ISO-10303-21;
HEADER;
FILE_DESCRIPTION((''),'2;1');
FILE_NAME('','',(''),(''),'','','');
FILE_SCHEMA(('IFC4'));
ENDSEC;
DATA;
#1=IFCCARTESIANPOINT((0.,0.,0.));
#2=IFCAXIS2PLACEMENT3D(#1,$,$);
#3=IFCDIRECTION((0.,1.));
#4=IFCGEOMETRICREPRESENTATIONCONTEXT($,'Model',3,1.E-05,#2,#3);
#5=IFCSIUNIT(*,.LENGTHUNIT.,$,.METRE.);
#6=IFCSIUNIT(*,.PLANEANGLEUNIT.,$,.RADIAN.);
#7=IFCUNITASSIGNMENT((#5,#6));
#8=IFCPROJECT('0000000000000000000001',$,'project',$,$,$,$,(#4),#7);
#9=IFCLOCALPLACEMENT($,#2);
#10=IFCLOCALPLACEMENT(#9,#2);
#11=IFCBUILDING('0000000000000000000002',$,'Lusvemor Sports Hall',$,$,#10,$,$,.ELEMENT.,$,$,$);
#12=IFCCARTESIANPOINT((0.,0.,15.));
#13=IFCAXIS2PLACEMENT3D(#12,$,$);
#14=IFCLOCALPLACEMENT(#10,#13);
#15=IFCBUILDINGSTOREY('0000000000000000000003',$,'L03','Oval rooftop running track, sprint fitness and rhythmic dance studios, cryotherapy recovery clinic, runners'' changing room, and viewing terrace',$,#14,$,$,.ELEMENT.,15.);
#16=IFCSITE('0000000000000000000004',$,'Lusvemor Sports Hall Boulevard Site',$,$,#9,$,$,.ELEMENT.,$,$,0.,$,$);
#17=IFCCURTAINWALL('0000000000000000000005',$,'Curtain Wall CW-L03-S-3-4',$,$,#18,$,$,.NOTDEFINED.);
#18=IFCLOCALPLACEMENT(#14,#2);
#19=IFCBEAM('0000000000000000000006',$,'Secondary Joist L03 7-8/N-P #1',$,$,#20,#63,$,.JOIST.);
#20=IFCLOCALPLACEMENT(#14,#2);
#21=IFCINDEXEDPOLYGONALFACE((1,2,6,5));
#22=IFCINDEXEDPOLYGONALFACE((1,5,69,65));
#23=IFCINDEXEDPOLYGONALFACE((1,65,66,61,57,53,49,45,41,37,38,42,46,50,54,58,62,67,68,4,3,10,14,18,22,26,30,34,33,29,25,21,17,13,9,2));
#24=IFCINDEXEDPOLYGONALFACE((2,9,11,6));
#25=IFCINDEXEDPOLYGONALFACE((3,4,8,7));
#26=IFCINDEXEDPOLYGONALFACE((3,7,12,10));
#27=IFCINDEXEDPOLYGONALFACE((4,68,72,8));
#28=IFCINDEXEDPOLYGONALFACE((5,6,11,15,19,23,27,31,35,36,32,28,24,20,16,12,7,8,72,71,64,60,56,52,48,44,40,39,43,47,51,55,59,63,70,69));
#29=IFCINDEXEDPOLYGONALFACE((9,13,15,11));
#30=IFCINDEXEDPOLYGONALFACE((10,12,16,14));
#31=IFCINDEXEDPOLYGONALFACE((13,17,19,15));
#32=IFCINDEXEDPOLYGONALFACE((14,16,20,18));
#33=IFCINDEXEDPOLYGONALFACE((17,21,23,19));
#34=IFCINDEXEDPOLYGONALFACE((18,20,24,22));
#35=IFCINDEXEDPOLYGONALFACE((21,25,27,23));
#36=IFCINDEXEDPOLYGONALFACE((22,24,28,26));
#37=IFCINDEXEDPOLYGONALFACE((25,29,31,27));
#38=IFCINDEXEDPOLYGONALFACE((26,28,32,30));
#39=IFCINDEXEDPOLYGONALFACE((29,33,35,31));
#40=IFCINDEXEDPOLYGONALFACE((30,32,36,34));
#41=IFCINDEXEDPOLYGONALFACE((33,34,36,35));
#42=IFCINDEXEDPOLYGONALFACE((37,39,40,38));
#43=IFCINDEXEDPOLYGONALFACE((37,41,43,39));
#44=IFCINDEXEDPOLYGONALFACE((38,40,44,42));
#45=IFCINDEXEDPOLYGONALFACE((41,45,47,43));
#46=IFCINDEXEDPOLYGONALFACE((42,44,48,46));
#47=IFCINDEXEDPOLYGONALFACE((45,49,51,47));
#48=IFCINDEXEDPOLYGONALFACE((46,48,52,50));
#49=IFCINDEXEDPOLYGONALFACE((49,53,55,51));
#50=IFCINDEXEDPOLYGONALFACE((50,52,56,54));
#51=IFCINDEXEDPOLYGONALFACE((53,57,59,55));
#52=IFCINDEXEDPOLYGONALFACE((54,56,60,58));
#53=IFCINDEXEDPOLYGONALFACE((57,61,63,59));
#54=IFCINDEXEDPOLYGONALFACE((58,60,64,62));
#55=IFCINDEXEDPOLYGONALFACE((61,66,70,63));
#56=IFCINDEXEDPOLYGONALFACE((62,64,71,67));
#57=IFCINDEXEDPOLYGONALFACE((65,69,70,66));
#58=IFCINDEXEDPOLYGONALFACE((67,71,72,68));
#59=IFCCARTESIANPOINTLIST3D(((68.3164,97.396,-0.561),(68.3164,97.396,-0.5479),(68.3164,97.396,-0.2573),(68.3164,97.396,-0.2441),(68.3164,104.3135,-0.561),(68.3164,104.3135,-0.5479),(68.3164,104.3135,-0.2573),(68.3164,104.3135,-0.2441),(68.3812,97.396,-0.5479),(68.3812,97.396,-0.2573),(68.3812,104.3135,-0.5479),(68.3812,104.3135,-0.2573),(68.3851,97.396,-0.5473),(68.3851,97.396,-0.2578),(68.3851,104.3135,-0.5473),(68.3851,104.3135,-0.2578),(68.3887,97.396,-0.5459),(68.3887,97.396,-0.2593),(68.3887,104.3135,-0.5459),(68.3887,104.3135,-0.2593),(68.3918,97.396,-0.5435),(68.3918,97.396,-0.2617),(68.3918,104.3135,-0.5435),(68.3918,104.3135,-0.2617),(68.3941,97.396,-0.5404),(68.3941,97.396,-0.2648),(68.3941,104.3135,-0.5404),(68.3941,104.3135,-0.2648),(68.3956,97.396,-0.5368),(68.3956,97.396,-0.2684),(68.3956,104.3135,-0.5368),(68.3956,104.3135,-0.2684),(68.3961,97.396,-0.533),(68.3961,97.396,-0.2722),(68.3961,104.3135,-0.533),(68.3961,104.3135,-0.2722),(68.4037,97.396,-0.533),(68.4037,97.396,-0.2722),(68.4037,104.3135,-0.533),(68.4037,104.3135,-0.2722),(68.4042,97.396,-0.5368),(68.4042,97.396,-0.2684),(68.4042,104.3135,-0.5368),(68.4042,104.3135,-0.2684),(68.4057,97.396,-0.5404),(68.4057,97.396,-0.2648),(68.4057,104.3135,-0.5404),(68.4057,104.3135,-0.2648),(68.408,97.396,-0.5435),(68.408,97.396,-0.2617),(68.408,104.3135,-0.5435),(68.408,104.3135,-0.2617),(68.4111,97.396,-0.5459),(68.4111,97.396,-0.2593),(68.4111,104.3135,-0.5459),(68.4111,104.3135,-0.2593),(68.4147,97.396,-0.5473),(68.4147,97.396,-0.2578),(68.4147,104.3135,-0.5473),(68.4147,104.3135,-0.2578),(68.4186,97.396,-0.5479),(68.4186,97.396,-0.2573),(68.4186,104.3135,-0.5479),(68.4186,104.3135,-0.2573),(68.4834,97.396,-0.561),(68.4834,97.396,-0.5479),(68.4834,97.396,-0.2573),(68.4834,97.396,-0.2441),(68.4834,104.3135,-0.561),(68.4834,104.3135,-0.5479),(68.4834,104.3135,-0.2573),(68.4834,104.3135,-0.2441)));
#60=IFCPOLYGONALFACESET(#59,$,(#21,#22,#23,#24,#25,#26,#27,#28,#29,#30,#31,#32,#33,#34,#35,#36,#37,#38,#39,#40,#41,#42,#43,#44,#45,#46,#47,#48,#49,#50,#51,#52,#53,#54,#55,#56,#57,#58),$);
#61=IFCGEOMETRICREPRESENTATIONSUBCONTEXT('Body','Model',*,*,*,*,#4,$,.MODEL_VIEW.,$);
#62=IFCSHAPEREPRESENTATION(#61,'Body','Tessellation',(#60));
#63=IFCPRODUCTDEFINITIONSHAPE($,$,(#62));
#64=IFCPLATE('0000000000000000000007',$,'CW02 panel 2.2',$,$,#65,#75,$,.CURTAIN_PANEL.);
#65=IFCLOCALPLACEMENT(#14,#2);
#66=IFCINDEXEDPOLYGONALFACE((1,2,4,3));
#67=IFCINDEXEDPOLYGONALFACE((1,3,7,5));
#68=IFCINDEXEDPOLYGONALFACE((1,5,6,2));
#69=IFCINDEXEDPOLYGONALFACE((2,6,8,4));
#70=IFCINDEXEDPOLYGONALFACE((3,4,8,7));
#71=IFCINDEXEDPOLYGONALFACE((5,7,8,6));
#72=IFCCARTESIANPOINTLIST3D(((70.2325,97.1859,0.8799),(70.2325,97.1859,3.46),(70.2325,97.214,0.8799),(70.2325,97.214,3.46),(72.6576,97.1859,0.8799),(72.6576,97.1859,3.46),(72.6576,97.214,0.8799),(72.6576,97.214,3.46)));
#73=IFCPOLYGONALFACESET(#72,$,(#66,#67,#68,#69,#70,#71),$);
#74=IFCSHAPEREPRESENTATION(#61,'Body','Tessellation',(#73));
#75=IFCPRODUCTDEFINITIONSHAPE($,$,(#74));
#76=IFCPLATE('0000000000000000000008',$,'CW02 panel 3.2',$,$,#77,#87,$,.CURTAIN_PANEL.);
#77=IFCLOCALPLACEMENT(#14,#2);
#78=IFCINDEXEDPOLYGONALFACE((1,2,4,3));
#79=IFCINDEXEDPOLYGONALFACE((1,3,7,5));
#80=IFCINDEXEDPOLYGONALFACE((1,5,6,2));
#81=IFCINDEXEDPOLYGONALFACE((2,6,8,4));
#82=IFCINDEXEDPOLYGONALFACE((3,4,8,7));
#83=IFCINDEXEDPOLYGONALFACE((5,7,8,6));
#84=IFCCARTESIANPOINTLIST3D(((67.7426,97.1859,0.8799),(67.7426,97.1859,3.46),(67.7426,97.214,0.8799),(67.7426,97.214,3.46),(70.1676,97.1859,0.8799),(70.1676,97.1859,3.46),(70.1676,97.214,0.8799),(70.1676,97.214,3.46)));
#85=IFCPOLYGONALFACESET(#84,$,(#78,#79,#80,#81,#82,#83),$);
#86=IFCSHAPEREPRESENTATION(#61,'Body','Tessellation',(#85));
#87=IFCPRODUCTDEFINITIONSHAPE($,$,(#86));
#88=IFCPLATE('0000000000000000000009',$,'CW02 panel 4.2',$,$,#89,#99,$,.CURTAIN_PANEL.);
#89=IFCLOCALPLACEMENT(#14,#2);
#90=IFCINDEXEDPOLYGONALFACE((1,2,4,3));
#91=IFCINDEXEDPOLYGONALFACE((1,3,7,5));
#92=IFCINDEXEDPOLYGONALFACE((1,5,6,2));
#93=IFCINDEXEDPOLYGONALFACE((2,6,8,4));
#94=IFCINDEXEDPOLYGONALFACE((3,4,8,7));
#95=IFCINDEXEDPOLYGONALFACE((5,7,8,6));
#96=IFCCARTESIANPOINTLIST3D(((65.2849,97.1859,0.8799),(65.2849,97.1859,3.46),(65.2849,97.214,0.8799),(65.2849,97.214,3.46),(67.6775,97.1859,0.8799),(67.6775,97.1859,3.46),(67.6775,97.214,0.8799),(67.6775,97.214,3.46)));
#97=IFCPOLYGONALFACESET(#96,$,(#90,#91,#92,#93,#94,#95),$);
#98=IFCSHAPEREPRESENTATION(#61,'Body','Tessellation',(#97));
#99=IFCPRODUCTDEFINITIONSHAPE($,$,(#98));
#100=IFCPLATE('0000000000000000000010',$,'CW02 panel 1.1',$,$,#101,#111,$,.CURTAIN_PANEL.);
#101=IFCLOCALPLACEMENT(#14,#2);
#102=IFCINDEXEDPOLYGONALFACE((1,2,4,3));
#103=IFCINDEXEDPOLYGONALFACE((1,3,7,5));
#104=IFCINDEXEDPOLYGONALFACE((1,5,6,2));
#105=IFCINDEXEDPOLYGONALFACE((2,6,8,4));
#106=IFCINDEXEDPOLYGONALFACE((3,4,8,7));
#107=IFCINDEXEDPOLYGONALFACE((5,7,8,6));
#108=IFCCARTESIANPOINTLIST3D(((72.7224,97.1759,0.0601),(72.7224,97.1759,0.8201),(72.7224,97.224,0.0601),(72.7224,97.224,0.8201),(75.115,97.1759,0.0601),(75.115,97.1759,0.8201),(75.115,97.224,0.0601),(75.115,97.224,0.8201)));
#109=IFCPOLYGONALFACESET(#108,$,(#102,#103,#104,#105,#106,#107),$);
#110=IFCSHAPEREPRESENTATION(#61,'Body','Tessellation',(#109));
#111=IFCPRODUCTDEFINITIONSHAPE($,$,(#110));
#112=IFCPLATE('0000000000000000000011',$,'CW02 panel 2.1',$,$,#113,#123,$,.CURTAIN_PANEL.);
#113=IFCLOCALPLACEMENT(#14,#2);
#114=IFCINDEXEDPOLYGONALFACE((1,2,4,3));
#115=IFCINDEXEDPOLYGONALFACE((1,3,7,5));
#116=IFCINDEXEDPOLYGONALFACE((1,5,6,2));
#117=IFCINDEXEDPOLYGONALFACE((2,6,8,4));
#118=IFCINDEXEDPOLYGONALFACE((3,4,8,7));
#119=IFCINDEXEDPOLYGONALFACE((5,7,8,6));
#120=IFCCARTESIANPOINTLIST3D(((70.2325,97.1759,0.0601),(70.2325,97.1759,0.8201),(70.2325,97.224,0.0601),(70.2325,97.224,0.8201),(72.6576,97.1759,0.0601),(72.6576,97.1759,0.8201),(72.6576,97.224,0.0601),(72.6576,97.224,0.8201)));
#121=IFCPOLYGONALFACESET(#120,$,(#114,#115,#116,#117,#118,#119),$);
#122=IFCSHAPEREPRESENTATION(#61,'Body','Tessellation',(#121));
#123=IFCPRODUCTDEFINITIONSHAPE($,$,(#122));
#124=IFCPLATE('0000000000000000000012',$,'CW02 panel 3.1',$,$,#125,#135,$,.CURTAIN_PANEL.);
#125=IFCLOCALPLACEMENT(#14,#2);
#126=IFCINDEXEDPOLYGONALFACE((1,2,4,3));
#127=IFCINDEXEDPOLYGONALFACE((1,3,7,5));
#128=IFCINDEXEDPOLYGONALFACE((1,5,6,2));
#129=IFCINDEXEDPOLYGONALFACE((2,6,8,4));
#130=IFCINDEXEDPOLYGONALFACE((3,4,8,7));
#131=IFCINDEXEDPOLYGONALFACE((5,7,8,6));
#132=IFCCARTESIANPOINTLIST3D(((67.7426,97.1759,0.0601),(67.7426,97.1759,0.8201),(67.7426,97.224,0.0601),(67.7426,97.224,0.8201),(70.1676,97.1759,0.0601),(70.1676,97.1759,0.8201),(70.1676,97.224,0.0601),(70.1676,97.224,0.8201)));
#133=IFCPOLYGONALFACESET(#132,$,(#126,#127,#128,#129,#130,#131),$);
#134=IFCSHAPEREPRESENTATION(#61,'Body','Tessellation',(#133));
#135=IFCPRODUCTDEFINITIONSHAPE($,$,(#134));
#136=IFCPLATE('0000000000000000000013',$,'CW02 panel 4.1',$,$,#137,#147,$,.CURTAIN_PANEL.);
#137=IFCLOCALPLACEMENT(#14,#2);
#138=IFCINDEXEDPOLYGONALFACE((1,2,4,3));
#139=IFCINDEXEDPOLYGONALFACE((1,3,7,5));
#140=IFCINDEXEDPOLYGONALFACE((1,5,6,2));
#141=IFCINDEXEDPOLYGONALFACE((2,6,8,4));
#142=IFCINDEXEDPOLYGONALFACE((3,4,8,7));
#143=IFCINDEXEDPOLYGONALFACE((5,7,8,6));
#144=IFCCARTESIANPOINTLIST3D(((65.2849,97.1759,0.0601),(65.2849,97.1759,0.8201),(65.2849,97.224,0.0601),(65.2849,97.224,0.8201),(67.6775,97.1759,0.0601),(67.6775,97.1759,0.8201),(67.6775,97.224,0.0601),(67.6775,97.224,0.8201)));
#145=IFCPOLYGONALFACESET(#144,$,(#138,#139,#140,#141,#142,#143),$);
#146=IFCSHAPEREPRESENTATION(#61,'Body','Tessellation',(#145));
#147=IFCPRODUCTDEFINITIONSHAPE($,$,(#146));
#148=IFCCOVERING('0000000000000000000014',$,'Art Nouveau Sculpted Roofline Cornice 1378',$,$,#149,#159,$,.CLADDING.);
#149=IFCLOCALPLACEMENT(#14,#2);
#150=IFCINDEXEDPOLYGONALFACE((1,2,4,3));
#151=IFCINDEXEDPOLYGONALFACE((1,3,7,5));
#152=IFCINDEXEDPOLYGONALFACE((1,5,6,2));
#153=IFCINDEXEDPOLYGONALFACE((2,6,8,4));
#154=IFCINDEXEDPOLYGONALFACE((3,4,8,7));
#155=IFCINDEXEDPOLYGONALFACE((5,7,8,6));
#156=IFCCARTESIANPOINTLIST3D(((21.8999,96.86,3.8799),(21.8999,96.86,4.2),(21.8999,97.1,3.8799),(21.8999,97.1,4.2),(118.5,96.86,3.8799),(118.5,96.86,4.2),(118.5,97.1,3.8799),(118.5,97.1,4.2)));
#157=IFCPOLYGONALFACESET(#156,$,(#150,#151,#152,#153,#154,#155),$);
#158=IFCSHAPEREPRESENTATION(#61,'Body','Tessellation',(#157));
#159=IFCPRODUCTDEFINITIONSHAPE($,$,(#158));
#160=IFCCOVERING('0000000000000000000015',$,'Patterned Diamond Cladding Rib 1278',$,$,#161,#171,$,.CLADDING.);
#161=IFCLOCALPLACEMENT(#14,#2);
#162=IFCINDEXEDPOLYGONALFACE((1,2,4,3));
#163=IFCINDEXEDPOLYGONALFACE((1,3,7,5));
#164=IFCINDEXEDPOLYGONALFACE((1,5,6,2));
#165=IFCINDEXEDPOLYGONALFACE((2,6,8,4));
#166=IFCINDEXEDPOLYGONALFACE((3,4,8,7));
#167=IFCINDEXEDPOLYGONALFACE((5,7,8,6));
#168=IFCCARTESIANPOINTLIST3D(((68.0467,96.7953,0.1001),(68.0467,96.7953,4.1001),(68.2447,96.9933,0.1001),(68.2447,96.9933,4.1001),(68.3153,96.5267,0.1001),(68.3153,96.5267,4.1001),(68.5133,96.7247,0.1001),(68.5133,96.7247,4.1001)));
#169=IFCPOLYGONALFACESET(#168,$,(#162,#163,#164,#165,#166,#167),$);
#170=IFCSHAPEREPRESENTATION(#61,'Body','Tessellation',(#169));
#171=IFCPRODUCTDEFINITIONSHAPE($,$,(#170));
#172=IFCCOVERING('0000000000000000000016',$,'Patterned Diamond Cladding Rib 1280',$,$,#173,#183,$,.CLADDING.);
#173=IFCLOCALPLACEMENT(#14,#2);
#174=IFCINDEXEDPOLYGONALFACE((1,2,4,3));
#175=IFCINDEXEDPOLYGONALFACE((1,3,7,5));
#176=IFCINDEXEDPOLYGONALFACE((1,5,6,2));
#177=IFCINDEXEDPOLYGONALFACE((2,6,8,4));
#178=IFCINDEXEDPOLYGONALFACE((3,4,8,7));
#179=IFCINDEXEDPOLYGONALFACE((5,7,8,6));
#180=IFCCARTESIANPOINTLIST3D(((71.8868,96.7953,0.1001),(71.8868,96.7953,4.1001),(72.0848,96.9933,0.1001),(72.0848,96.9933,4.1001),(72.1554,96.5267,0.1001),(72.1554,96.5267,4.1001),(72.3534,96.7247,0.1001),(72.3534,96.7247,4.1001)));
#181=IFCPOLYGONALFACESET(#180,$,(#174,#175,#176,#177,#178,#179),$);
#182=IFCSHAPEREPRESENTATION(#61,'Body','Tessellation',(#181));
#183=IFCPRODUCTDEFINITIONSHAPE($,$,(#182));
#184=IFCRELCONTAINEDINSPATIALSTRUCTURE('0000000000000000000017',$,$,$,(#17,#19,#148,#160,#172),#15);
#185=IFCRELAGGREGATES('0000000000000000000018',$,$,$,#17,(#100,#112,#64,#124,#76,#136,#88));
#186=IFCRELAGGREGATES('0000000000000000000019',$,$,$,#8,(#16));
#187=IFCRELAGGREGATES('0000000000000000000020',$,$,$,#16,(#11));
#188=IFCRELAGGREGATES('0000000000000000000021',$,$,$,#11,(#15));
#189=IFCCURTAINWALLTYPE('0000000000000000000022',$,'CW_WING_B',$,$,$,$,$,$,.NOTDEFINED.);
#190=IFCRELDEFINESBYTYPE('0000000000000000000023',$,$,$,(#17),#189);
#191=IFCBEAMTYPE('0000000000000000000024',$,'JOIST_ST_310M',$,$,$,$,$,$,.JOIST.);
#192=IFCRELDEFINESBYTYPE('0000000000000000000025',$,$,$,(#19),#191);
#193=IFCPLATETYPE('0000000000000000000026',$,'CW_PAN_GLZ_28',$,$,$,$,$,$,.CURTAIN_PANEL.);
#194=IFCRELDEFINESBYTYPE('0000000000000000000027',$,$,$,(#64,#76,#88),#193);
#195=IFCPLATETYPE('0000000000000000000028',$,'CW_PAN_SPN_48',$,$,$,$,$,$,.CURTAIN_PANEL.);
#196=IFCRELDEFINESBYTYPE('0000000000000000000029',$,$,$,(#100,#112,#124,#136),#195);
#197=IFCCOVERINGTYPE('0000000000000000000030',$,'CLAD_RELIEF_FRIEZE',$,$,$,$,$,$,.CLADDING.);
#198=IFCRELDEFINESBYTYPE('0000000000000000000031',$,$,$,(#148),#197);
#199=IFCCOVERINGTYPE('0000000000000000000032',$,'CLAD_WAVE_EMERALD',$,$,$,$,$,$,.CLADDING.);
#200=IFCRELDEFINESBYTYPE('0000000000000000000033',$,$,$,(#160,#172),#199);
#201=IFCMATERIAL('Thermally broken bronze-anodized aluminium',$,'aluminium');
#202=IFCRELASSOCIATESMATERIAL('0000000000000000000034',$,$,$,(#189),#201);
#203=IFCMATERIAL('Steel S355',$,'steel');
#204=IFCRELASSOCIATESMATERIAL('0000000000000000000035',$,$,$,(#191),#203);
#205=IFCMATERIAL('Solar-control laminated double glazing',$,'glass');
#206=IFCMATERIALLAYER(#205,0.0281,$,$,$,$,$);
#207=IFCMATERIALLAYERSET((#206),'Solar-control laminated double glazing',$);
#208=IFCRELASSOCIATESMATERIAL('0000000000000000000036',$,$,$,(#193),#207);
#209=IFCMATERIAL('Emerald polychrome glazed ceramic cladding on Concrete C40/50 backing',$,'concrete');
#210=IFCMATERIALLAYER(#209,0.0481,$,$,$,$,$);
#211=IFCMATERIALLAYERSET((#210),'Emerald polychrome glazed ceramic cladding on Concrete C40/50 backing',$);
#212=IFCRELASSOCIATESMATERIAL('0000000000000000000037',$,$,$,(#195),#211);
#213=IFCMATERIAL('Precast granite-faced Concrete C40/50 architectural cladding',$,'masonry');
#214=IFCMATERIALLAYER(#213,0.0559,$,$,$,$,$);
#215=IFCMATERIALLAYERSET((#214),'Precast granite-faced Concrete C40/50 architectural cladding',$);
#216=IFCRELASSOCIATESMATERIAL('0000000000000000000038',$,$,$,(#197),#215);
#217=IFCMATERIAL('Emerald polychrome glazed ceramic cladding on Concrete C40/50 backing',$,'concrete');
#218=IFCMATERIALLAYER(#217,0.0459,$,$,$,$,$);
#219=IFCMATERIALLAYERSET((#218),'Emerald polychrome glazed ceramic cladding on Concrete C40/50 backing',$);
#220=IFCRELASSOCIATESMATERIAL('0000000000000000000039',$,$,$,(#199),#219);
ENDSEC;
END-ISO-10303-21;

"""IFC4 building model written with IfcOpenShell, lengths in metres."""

from ifc_helpers import new_model, si_unit, direction, frame, origin, origin_2d, place, context, subcontext, project, spatial, rectangle, i_section, extrude, material, layer, layer_set, material_profile, profile_set, type_object, element, aggregate, save


model = new_model("IFC4")

# Units and contexts
model_context = context("Model", 3, precision=1e-05, world=origin(), true_north=direction((0.0, 1.0)))
body_context = subcontext(model_context, "Body", "Model", "MODEL_VIEW")
ifc_project = project(units=[si_unit("LENGTHUNIT", "METRE"), si_unit("PLANEANGLEUNIT", "RADIAN")], contexts=[model_context])

# Site, building, storey
site_placement = place(None, origin())
site = spatial("IfcSite", under=ifc_project, at=site_placement, Name="Lusvemor Sports Hall Boulevard Site", CompositionType="ELEMENT", RefElevation=0.0)
building_placement = place(site_placement, origin())
building = spatial("IfcBuilding", under=site, at=building_placement, Name="Lusvemor Sports Hall", CompositionType="ELEMENT")
storey_placement = place(building_placement, frame((0.0, 0.0, 15.0)))
storey = spatial("IfcBuildingStorey", under=building, at=storey_placement, Name="L03", Description="Oval rooftop running track, sprint fitness and rhythmic dance studios, cryotherapy recovery clinic, runners' changing room, and viewing terrace", CompositionType="ELEMENT", Elevation=15.0)

# Curtain wall
ifc_material_1 = material(Name="Thermally broken bronze-anodized aluminium", Category="aluminium")
curtain_wall_type = type_object("IfcCurtainWallType", Name="CW_WING_B", PredefinedType="NOTDEFINED", material=ifc_material_1)
curtain_wall_placement = place(storey_placement, origin())
curtain_wall = element("IfcCurtainWall", 1, at=curtain_wall_placement, inside=storey, type_object=curtain_wall_type, Name="Curtain Wall CW-L03-S-3-4", PredefinedType="NOTDEFINED")

# Beam
ifc_material_2 = material(Name="Steel S355", Category="steel")
ifc_material_profile_1 = material_profile(ifc_material_2, i_section(OverallWidth=0.167, OverallDepth=0.3169, WebThickness=0.0076, FlangeThickness=0.0132, FilletRadius=0.0149, at=origin_2d()), Name="W310x52.0")
ifc_profile_set_1 = profile_set([ifc_material_profile_1], Name="Steel S355")
beam_type_1 = type_object("IfcBeamType", Name="JOIST_ST_310M", PredefinedType="JOIST", material=ifc_profile_set_1)
beam_1_placement = place(storey_placement, frame((68.3999, 97.396, -0.4026), z_axis=(0.0, 1.0, 0.0), x_axis=(-1.0, 0.0, 0.0)))
element("IfcBeam", 2, at=beam_1_placement, inside=storey, type_object=beam_type_1, Name="Secondary Joist L03 7-8/N-P #1", PredefinedType="JOIST", context=body_context, shape_type="SweptSolid", body=[
    extrude(i_section(OverallWidth=0.167, OverallDepth=0.3169, WebThickness=0.0076, FlangeThickness=0.0132, FilletRadius=0.0149, at=origin_2d()), origin(), (0.0, 0.0, 1.0), 6.9175),
])

# Plates
ifc_material_3 = material(Name="Solar-control laminated double glazing", Category="glass")
ifc_layer_1 = layer(ifc_material_3, 0.0281)
ifc_layer_set_1 = layer_set([ifc_layer_1], Name="Solar-control laminated double glazing")
plate_type_1 = type_object("IfcPlateType", Name="CW_PAN_GLZ_28", PredefinedType="CURTAIN_PANEL", material=ifc_layer_set_1)
plate_1_placement = place(storey_placement, frame((71.4451, 97.2, 0.8799), z_axis=(0.0, 0.0, 1.0), x_axis=(-1.0, 0.0, 0.0)))
plate_1 = element("IfcPlate", 3, at=plate_1_placement, type_object=plate_type_1, Name="CW02 panel 2.2", PredefinedType="CURTAIN_PANEL", context=body_context, shape_type="SweptSolid", body=[
    extrude(rectangle(XDim=2.425, YDim=0.0281, at=origin_2d()), origin(), (0.0, 0.0, 1.0), 2.5801),
])
plate_2_placement = place(storey_placement, frame((68.9551, 97.2, 0.8799), z_axis=(0.0, 0.0, 1.0), x_axis=(-1.0, 0.0, 0.0)))
plate_2 = element("IfcPlate", 4, at=plate_2_placement, type_object=plate_type_1, Name="CW02 panel 3.2", PredefinedType="CURTAIN_PANEL", context=body_context, shape_type="SweptSolid", body=[
    extrude(rectangle(XDim=2.425, YDim=0.0281, at=origin_2d()), origin(), (0.0, 0.0, 1.0), 2.5801),
])
plate_3_placement = place(storey_placement, frame((66.4812, 97.2, 0.8799), z_axis=(0.0, 0.0, 1.0), x_axis=(-1.0, 0.0, 0.0)))
plate_3 = element("IfcPlate", 5, at=plate_3_placement, type_object=plate_type_1, Name="CW02 panel 4.2", PredefinedType="CURTAIN_PANEL", context=body_context, shape_type="SweptSolid", body=[
    extrude(rectangle(XDim=2.3926, YDim=0.0281, at=origin_2d()), origin(), (0.0, 0.0, 1.0), 2.5801),
])
ifc_material_4 = material(Name="Emerald polychrome glazed ceramic cladding on Concrete C40/50 backing", Category="concrete")
ifc_layer_2 = layer(ifc_material_4, 0.0481)
ifc_layer_set_2 = layer_set([ifc_layer_2], Name="Emerald polychrome glazed ceramic cladding on Concrete C40/50 backing")
plate_type_2 = type_object("IfcPlateType", Name="CW_PAN_SPN_48", PredefinedType="CURTAIN_PANEL", material=ifc_layer_set_2)
plate_4_placement = place(storey_placement, frame((73.9187, 97.2, 0.0601), z_axis=(0.0, 0.0, 1.0), x_axis=(-1.0, 0.0, 0.0)))
plate_4 = element("IfcPlate", 6, at=plate_4_placement, type_object=plate_type_2, Name="CW02 panel 1.1", PredefinedType="CURTAIN_PANEL", context=body_context, shape_type="SweptSolid", body=[
    extrude(rectangle(XDim=2.3926, YDim=0.0481, at=origin_2d()), origin(), (0.0, 0.0, 1.0), 0.76),
])
plate_5_placement = place(storey_placement, frame((71.4451, 97.2, 0.0601), z_axis=(0.0, 0.0, 1.0), x_axis=(-1.0, 0.0, 0.0)))
plate_5 = element("IfcPlate", 7, at=plate_5_placement, type_object=plate_type_2, Name="CW02 panel 2.1", PredefinedType="CURTAIN_PANEL", context=body_context, shape_type="SweptSolid", body=[
    extrude(rectangle(XDim=2.425, YDim=0.0481, at=origin_2d()), origin(), (0.0, 0.0, 1.0), 0.76),
])
plate_6_placement = place(storey_placement, frame((68.9551, 97.2, 0.0601), z_axis=(0.0, 0.0, 1.0), x_axis=(-1.0, 0.0, 0.0)))
plate_6 = element("IfcPlate", 8, at=plate_6_placement, type_object=plate_type_2, Name="CW02 panel 3.1", PredefinedType="CURTAIN_PANEL", context=body_context, shape_type="SweptSolid", body=[
    extrude(rectangle(XDim=2.425, YDim=0.0481, at=origin_2d()), origin(), (0.0, 0.0, 1.0), 0.76),
])
plate_7_placement = place(storey_placement, frame((66.4812, 97.2, 0.0601), z_axis=(0.0, 0.0, 1.0), x_axis=(-1.0, 0.0, 0.0)))
plate_7 = element("IfcPlate", 9, at=plate_7_placement, type_object=plate_type_2, Name="CW02 panel 4.1", PredefinedType="CURTAIN_PANEL", context=body_context, shape_type="SweptSolid", body=[
    extrude(rectangle(XDim=2.3926, YDim=0.0481, at=origin_2d()), origin(), (0.0, 0.0, 1.0), 0.76),
])
aggregate(curtain_wall, [plate_4, plate_5, plate_1, plate_6, plate_2, plate_7, plate_3])

# Coverings
ifc_material_5 = material(Name="Precast granite-faced Concrete C40/50 architectural cladding", Category="masonry")
ifc_layer_3 = layer(ifc_material_5, 0.0559)
ifc_layer_set_3 = layer_set([ifc_layer_3], Name="Precast granite-faced Concrete C40/50 architectural cladding")
covering_type_1 = type_object("IfcCoveringType", Name="CLAD_RELIEF_FRIEZE", PredefinedType="CLADDING", material=ifc_layer_set_3)
covering_1_placement = place(storey_placement, frame((70.2, 96.98, 3.8799), z_axis=(0.0, 0.0, 1.0), x_axis=(1.0, 0.0, 0.0)))
element("IfcCovering", 10, at=covering_1_placement, inside=storey, type_object=covering_type_1, Name="Art Nouveau Sculpted Roofline Cornice 1378", PredefinedType="CLADDING", context=body_context, shape_type="SweptSolid", body=[
    extrude(rectangle(XDim=96.6001, YDim=0.24, at=origin_2d()), origin(), (0.0, 0.0, 1.0), 0.3201),
])
ifc_material_6 = material(Name="Emerald polychrome glazed ceramic cladding on Concrete C40/50 backing", Category="concrete")
ifc_layer_4 = layer(ifc_material_6, 0.0459)
ifc_layer_set_4 = layer_set([ifc_layer_4], Name="Emerald polychrome glazed ceramic cladding on Concrete C40/50 backing")
covering_type_2 = type_object("IfcCoveringType", Name="CLAD_WAVE_EMERALD", PredefinedType="CLADDING", material=ifc_layer_set_4)
for number, where, z_axis, x_axis, name in (
    (11, (68.28, 96.76, 0.1001), (0.0, 0.0, 1.0), (0.707107, 0.707107, 0.0), "Patterned Diamond Cladding Rib 1278"),
    (12, (72.1201, 96.76, 0.1001), (0.0, 0.0, 1.0), (0.707107, 0.707107, 0.0), "Patterned Diamond Cladding Rib 1280"),
):
    element("IfcCovering", number, at=place(storey_placement, frame(where, z_axis=z_axis, x_axis=x_axis)), inside=storey, type_object=covering_type_2, Name=name, PredefinedType="CLADDING", context=body_context, shape_type="SweptSolid", body=[
        extrude(rectangle(XDim=0.28, YDim=0.3799, at=origin_2d()), origin(), (0.0, 0.0, 1.0), 4.0),
    ])

save(model, "model.ifc")
